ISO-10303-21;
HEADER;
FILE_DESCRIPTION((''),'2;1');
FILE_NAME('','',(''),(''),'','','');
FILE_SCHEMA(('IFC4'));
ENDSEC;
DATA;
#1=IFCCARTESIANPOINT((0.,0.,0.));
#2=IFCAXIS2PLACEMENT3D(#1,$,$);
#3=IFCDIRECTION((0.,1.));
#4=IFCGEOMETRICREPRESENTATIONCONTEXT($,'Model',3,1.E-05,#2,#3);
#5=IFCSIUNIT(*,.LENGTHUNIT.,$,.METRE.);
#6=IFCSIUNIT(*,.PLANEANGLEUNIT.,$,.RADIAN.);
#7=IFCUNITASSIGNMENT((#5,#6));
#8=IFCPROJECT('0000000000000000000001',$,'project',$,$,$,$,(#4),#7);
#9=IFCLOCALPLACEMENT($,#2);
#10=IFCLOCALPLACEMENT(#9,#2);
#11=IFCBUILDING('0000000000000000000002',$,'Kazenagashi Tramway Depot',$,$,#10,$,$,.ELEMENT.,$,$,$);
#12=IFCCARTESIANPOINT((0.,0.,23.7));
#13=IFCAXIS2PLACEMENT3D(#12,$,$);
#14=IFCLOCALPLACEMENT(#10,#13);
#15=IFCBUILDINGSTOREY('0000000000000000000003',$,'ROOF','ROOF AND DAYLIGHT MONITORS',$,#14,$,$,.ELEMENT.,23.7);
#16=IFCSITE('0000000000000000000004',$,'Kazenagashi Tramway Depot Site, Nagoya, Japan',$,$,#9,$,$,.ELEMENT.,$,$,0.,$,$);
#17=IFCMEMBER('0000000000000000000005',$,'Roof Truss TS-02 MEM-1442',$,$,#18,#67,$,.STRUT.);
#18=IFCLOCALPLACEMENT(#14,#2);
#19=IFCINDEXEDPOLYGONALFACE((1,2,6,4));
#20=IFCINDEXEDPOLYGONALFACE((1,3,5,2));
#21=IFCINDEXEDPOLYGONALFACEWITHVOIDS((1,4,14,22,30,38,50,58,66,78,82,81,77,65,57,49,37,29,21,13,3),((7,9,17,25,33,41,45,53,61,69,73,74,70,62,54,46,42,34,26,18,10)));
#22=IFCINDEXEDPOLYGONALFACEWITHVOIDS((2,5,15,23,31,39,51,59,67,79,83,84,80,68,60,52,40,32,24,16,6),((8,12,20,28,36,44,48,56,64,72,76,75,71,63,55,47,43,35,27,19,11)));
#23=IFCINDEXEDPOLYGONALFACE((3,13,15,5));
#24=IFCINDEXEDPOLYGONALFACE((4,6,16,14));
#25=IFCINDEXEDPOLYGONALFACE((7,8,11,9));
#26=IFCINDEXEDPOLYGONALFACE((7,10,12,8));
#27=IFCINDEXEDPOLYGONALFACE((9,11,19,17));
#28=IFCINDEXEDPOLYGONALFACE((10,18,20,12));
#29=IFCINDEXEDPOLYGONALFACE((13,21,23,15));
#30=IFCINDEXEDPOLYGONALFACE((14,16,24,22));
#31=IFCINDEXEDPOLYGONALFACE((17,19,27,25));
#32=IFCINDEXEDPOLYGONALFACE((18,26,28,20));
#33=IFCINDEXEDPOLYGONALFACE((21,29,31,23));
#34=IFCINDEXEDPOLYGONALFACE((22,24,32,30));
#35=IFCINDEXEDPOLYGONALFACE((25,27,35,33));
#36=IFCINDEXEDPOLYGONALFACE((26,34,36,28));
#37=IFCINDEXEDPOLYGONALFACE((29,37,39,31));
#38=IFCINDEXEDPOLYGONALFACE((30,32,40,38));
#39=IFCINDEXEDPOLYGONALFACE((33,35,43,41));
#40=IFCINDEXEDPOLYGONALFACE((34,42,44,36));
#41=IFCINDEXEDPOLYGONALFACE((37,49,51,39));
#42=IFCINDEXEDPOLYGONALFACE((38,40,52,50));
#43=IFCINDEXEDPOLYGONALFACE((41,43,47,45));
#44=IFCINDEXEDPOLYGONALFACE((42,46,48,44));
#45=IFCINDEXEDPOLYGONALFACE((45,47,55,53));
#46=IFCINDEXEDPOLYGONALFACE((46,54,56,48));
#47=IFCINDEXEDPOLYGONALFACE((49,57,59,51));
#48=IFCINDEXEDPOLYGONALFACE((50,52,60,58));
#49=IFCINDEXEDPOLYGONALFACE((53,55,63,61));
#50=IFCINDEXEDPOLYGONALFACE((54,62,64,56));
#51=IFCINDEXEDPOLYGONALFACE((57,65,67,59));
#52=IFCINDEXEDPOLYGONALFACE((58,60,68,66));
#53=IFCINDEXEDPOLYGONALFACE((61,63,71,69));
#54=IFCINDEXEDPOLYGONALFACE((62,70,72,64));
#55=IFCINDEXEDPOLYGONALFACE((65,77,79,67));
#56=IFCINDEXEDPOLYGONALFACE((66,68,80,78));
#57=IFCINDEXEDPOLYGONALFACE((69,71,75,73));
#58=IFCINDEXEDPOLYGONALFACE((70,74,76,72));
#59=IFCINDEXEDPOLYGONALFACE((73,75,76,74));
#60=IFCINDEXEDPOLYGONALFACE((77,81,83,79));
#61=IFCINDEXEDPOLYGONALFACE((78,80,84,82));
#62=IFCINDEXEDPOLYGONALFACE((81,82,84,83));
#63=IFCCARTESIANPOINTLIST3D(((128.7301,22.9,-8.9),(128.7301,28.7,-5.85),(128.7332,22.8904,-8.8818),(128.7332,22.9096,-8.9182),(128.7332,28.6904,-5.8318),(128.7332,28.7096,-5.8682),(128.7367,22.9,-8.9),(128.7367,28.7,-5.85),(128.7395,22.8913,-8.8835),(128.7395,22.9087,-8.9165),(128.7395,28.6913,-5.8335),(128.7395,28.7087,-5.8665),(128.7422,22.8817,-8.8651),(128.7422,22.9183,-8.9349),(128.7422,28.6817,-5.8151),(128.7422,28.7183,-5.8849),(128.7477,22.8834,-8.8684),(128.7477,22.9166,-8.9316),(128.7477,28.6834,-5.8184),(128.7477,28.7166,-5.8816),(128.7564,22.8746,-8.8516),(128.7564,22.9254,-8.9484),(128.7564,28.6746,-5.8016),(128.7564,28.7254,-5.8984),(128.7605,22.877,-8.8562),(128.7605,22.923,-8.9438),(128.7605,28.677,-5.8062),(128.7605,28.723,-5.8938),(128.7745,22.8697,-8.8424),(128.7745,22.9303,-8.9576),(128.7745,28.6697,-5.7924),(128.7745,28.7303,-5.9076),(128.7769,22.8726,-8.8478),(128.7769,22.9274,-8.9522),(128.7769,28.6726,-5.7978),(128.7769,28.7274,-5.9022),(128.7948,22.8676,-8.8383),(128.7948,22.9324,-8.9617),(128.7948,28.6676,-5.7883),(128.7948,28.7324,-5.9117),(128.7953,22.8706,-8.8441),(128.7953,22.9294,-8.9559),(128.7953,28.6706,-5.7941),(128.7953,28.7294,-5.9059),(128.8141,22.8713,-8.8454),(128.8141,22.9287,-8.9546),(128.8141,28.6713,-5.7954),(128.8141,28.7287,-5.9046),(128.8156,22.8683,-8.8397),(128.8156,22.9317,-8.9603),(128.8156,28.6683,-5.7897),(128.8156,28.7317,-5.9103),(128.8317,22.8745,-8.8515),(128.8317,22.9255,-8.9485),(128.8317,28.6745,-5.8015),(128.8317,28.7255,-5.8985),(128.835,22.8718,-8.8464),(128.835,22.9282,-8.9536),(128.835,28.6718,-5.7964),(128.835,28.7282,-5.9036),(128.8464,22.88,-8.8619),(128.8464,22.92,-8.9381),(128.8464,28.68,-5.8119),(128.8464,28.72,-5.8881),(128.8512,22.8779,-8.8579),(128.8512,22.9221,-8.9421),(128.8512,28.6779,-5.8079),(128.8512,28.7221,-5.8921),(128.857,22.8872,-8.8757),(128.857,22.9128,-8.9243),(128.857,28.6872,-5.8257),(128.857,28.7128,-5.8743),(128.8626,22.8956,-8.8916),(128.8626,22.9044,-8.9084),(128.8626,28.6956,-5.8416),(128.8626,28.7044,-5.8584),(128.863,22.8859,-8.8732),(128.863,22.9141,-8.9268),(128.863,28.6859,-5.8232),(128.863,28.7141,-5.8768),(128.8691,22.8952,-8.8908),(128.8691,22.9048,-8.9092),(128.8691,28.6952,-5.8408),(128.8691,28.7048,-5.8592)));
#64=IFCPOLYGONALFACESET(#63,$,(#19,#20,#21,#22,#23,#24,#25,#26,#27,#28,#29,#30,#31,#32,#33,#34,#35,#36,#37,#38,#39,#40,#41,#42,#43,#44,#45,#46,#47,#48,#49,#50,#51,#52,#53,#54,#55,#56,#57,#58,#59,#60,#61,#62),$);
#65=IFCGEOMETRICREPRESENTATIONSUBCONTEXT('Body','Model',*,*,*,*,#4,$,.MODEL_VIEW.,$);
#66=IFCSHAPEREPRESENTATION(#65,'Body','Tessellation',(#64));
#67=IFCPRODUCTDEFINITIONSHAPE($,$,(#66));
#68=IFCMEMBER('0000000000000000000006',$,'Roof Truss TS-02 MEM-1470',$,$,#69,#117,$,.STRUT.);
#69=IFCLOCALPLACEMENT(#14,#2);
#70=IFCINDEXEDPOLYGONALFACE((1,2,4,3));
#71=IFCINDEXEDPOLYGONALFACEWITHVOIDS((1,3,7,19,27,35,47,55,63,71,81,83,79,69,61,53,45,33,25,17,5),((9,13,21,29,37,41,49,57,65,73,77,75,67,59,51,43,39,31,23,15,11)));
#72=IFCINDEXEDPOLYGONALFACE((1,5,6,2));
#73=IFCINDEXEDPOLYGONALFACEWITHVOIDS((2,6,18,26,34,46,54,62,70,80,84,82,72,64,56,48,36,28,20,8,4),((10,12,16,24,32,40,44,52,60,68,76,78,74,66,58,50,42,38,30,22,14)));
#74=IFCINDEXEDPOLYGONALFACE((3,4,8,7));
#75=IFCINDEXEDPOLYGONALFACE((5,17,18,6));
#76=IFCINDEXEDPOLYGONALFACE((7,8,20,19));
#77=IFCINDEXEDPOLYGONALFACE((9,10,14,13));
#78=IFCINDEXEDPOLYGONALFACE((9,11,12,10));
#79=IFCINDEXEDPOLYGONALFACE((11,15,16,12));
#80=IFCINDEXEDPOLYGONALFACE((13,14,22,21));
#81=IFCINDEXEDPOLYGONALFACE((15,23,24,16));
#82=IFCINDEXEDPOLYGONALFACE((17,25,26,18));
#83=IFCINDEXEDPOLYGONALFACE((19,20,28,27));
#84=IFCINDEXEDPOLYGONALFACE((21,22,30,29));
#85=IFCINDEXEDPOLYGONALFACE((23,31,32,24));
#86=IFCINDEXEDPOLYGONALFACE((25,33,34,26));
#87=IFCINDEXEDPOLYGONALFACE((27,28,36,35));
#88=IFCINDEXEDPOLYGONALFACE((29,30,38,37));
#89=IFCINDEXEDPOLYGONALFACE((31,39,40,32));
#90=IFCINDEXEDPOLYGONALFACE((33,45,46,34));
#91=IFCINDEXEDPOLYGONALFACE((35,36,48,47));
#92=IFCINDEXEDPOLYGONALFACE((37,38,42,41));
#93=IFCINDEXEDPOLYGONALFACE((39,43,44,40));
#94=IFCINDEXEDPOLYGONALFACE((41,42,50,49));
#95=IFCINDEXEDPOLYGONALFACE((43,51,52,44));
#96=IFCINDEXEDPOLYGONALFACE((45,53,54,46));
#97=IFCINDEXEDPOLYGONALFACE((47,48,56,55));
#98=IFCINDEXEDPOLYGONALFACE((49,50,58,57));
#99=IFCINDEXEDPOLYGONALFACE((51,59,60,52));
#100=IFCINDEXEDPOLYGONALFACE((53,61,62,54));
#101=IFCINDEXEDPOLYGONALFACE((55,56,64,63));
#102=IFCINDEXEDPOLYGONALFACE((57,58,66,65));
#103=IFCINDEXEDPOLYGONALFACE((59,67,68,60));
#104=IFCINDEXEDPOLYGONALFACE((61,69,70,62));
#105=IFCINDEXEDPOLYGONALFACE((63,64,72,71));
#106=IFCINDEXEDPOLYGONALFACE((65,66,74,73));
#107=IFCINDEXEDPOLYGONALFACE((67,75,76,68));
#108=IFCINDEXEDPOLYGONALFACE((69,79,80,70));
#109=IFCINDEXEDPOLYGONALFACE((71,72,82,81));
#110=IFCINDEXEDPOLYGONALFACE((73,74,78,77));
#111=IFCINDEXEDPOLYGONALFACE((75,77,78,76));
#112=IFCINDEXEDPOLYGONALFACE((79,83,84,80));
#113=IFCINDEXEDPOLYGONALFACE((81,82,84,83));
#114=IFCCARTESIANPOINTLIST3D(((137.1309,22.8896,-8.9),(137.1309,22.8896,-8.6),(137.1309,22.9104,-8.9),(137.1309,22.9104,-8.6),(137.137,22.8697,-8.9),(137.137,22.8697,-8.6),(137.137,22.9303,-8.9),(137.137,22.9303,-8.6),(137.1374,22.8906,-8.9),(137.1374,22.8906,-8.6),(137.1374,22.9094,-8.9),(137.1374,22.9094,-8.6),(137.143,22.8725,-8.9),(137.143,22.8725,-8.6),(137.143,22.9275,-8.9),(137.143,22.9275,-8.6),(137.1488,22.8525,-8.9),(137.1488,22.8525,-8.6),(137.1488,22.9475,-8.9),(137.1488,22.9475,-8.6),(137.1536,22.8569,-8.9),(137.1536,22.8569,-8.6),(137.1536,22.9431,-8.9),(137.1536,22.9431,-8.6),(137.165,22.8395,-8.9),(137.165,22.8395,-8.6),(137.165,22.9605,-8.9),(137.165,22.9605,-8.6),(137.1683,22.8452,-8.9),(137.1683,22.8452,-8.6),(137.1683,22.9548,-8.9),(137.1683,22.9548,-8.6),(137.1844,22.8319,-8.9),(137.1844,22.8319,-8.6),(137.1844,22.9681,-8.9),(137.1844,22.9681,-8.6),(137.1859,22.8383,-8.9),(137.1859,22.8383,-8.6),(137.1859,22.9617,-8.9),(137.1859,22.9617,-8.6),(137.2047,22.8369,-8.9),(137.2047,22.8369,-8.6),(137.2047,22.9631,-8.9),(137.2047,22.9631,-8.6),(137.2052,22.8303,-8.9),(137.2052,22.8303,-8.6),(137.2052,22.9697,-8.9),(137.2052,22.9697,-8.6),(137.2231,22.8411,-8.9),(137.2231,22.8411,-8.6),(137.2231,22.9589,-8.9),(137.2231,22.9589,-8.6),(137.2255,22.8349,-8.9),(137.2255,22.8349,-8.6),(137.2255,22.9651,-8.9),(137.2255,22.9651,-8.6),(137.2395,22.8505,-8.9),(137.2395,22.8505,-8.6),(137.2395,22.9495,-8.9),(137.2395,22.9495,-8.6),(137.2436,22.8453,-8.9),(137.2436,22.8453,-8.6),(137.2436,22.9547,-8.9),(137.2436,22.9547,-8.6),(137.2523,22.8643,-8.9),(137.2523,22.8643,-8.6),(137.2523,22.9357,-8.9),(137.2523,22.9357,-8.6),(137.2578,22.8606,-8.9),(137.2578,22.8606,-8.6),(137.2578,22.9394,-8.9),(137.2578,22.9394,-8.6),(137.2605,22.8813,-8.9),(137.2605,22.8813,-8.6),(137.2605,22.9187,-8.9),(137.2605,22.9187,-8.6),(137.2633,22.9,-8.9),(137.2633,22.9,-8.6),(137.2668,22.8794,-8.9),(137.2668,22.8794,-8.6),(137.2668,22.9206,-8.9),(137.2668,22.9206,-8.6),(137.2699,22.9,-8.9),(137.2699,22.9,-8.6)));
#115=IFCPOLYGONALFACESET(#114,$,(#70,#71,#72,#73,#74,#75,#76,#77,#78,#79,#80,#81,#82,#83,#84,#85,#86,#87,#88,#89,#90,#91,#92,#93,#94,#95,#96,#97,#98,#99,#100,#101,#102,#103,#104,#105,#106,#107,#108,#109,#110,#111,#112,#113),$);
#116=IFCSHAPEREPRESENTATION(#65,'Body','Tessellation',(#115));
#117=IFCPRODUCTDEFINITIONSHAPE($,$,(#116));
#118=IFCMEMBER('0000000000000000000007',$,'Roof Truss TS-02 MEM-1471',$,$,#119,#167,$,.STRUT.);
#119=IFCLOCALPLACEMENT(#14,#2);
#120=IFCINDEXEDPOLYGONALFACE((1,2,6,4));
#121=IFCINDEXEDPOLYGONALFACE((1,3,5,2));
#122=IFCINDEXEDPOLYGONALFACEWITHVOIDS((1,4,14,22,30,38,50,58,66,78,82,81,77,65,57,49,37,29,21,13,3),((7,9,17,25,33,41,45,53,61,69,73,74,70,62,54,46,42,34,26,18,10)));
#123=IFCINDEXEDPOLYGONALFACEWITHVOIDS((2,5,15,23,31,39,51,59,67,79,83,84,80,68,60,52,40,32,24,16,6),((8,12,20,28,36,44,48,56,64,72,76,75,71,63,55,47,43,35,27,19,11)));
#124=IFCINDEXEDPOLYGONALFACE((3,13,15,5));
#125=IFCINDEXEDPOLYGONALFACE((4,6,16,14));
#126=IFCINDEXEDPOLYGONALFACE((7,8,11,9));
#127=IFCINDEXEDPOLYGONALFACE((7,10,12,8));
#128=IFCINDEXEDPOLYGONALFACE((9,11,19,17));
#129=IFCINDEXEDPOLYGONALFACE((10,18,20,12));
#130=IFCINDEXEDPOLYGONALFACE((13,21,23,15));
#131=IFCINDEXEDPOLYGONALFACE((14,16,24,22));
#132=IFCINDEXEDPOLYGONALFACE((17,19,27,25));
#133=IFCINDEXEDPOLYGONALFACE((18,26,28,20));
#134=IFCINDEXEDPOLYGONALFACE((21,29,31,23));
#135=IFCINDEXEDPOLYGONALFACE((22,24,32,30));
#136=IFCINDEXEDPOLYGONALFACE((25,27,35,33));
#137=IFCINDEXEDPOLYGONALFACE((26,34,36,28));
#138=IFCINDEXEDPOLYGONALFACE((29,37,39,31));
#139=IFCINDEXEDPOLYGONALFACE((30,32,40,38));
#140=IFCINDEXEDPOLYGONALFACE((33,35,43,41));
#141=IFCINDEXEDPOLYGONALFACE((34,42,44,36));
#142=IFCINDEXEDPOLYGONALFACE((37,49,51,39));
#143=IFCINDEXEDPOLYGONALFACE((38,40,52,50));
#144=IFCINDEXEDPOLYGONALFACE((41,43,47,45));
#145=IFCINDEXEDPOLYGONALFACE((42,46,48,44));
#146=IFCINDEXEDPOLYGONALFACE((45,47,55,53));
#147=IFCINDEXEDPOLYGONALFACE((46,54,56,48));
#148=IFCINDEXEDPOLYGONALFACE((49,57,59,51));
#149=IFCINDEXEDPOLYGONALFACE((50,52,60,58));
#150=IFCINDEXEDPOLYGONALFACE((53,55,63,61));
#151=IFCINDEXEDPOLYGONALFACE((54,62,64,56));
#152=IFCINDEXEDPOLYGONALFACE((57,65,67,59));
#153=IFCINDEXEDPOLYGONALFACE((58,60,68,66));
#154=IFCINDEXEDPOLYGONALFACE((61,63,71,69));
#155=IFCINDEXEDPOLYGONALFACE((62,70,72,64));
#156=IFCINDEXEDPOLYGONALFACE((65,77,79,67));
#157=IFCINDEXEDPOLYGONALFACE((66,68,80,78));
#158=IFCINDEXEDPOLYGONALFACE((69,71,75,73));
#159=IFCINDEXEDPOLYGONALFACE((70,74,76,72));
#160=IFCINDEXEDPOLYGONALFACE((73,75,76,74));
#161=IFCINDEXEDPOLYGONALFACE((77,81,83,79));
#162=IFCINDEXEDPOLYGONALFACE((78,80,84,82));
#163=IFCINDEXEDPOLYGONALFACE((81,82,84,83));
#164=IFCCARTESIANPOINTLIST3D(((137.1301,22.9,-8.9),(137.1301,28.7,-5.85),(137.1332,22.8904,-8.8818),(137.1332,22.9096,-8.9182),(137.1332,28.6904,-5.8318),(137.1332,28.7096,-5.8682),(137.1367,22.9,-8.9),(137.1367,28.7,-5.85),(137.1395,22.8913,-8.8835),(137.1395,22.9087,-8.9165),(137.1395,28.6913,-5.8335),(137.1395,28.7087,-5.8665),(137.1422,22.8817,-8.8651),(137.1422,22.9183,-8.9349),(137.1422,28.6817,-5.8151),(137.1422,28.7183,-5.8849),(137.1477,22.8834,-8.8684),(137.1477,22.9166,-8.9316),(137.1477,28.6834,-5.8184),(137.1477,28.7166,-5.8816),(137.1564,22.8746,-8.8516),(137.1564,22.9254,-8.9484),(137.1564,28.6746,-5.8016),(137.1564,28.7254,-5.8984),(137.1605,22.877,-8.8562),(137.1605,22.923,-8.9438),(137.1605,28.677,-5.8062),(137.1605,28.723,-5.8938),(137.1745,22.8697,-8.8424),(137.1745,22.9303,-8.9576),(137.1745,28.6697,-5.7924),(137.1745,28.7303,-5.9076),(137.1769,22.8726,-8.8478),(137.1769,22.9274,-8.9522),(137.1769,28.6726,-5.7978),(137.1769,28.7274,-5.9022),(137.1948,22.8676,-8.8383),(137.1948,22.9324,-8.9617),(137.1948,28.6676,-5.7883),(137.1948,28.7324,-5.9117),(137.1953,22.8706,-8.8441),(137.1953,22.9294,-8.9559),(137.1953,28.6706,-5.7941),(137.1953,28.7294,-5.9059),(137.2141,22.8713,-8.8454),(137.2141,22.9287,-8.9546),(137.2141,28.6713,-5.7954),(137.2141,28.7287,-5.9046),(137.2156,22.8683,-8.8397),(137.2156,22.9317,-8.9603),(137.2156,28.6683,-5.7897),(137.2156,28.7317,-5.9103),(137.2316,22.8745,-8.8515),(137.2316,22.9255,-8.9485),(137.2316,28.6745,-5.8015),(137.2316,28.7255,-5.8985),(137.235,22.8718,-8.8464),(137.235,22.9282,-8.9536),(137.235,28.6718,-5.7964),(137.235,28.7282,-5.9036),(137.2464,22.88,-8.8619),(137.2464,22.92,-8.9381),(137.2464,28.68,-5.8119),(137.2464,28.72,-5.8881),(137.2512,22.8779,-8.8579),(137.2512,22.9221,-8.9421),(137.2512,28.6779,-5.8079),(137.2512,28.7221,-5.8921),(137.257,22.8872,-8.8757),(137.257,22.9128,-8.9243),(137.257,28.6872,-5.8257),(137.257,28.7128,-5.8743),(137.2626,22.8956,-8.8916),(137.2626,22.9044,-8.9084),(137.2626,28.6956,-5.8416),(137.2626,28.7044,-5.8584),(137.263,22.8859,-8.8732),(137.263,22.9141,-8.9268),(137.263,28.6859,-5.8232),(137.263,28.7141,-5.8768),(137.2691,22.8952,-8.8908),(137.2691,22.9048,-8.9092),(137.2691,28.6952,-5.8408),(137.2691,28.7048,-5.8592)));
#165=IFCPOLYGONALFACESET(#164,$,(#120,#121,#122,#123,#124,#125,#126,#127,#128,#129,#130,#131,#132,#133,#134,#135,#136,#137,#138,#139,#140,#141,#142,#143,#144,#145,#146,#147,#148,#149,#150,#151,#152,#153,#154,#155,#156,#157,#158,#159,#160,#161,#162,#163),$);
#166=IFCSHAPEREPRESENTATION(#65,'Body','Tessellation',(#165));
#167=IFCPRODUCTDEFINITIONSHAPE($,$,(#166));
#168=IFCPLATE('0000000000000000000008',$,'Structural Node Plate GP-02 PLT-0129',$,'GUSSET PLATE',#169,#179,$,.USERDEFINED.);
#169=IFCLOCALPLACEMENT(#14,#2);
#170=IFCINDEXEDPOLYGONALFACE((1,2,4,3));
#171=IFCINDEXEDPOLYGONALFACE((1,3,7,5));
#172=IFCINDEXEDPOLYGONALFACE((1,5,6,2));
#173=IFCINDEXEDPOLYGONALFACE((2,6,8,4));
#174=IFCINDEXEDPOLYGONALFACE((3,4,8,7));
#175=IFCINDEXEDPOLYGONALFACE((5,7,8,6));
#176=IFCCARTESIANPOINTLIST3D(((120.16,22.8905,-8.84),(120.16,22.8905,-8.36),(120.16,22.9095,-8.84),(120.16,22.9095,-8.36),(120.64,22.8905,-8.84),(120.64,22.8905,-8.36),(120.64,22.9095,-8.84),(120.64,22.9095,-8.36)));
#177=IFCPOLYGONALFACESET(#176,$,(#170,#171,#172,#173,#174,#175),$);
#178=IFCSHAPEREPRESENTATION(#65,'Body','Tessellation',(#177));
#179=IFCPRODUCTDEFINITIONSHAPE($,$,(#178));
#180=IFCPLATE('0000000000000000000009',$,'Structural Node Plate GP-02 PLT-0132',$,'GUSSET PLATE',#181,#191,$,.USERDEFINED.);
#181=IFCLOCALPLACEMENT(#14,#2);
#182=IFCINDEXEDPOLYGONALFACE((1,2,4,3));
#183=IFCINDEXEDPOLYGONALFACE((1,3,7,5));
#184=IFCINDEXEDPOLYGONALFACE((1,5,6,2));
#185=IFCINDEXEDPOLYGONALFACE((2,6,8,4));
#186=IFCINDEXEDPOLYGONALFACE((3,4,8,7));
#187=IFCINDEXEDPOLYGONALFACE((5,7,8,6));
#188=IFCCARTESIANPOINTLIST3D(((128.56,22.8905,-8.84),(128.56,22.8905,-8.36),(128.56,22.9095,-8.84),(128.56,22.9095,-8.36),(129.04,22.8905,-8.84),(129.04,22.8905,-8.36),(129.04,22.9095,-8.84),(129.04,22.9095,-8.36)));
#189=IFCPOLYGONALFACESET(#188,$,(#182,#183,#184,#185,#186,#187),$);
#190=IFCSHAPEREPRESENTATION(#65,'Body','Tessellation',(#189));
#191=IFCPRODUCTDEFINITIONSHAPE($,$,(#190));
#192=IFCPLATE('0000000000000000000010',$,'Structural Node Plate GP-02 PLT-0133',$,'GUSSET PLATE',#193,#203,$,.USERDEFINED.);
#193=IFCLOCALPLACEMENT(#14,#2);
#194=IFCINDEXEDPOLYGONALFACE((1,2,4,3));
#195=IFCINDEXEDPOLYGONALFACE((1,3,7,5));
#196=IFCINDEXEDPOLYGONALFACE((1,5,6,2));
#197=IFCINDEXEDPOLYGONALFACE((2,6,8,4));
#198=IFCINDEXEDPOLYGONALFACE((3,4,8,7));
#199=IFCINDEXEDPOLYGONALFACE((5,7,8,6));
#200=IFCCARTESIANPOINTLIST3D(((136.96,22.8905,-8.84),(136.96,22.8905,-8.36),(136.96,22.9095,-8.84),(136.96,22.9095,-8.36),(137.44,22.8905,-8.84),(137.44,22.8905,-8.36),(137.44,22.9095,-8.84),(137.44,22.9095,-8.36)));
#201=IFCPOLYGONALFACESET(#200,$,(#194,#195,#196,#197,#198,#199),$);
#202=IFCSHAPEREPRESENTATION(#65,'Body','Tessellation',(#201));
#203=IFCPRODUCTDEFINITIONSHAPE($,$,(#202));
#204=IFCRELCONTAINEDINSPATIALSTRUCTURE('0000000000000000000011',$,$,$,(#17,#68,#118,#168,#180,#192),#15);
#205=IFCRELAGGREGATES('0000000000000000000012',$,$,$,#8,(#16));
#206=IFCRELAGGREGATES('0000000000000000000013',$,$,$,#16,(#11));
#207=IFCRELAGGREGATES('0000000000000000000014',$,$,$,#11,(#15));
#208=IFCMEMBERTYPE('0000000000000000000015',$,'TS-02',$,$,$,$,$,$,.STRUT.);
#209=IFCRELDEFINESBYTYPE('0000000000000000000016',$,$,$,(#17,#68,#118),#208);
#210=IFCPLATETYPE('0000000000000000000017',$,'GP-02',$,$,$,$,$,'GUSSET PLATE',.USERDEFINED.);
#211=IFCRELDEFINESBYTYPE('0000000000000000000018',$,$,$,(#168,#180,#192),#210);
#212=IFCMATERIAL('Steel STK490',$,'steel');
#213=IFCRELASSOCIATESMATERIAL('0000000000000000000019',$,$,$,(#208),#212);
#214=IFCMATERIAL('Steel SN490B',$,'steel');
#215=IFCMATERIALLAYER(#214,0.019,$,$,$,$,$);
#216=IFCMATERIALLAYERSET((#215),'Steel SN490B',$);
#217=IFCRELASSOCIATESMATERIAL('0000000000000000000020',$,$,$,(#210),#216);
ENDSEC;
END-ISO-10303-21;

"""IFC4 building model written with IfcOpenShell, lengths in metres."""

from ifc_helpers import new_model, si_unit, direction, frame, origin, origin_2d, place, context, subcontext, project, spatial, rectangle, hollow_circle, extrude, material, layer, layer_set, material_profile, profile_set, type_object, element, save


model = new_model("IFC4")

# Units and contexts
model_context = context("Model", 3, precision=1e-05, world=origin(), true_north=direction((0.0, 1.0)))
body_context = subcontext(model_context, "Body", "Model", "MODEL_VIEW")
ifc_project = project(units=[si_unit("LENGTHUNIT", "METRE"), si_unit("PLANEANGLEUNIT", "RADIAN")], contexts=[model_context])

# Site, building, storey
site_placement = place(None, origin())
site = spatial("IfcSite", under=ifc_project, at=site_placement, Name="Kazenagashi Tramway Depot Site, Nagoya, Japan", CompositionType="ELEMENT", RefElevation=0.0)
building_placement = place(site_placement, origin())
building = spatial("IfcBuilding", under=site, at=building_placement, Name="Kazenagashi Tramway Depot", CompositionType="ELEMENT")
storey_placement = place(building_placement, frame((0.0, 0.0, 23.7)))
storey = spatial("IfcBuildingStorey", under=building, at=storey_placement, Name="ROOF", Description="ROOF AND DAYLIGHT MONITORS", CompositionType="ELEMENT", Elevation=23.7)

# Shared definitions
ifc_material_1 = material(Name="Steel SN490B", Category="steel")

# Members
ifc_material_2 = material(Name="Steel STK490", Category="steel")
ifc_material_profile_1 = material_profile(ifc_material_2, hollow_circle(Radius=0.0699, WallThickness=0.0066, at=origin_2d()), Name="CHS-139.8x6.6")
ifc_profile_set_1 = profile_set([ifc_material_profile_1], Name="Steel STK490")
member_type_1 = type_object("IfcMemberType", Name="TS-02", PredefinedType="STRUT", material=ifc_profile_set_1)
member_1_placement = place(storey_placement, frame((128.8, 22.9, -8.9), z_axis=(0.0, 0.885084, 0.465432), x_axis=(-1.0, 0.0, 0.0)))
element("IfcMember", 1, at=member_1_placement, inside=storey, type_object=member_type_1, Name="Roof Truss TS-02 MEM-1442", PredefinedType="STRUT", context=body_context, shape_type="SweptSolid", body=[
    extrude(hollow_circle(Radius=0.0699, WallThickness=0.0066, at=origin_2d()), origin(), (0.0, 0.0, 1.0), 6.5531),
])
member_2_placement = place(storey_placement, frame((137.2, 22.9, -8.9), z_axis=(0.0, 0.0, 1.0), x_axis=(1.0, 0.0, 0.0)))
element("IfcMember", 2, at=member_2_placement, inside=storey, type_object=member_type_1, Name="Roof Truss TS-02 MEM-1470", PredefinedType="STRUT", context=body_context, shape_type="SweptSolid", body=[
    extrude(hollow_circle(Radius=0.0699, WallThickness=0.0066, at=origin_2d()), origin(), (0.0, 0.0, 1.0), 0.3),
])
member_3_placement = place(storey_placement, frame((137.2, 22.9, -8.9), z_axis=(0.0, 0.885084, 0.465432), x_axis=(-1.0, 0.0, 0.0)))
element("IfcMember", 3, at=member_3_placement, inside=storey, type_object=member_type_1, Name="Roof Truss TS-02 MEM-1471", PredefinedType="STRUT", context=body_context, shape_type="SweptSolid", body=[
    extrude(hollow_circle(Radius=0.0699, WallThickness=0.0066, at=origin_2d()), origin(), (0.0, 0.0, 1.0), 6.5531),
])

# Plates
ifc_layer = layer(ifc_material_1, 0.019)
ifc_layer_set = layer_set([ifc_layer], Name="Steel SN490B")
plate_type = type_object("IfcPlateType", Name="GP-02", ElementType="GUSSET PLATE", PredefinedType="USERDEFINED", material=ifc_layer_set)
for number, where, z_axis, x_axis, name in (
    (4, (120.4, 22.9, -8.84), (0.0, 0.0, 1.0), (1.0, 0.0, 0.0), "Structural Node Plate GP-02 PLT-0129"),
    (5, (128.8, 22.9, -8.84), (0.0, 0.0, 1.0), (1.0, 0.0, 0.0), "Structural Node Plate GP-02 PLT-0132"),
    (6, (137.2, 22.9, -8.84), (0.0, 0.0, 1.0), (1.0, 0.0, 0.0), "Structural Node Plate GP-02 PLT-0133"),
):
    element("IfcPlate", number, at=place(storey_placement, frame(where, z_axis=z_axis, x_axis=x_axis)), inside=storey, type_object=plate_type, Name=name, ObjectType="GUSSET PLATE", PredefinedType="USERDEFINED", context=body_context, shape_type="SweptSolid", body=[
        extrude(rectangle(XDim=0.48, YDim=0.019, at=origin_2d()), origin(), (0.0, 0.0, 1.0), 0.48),
    ])

save(model, "model.ifc")
